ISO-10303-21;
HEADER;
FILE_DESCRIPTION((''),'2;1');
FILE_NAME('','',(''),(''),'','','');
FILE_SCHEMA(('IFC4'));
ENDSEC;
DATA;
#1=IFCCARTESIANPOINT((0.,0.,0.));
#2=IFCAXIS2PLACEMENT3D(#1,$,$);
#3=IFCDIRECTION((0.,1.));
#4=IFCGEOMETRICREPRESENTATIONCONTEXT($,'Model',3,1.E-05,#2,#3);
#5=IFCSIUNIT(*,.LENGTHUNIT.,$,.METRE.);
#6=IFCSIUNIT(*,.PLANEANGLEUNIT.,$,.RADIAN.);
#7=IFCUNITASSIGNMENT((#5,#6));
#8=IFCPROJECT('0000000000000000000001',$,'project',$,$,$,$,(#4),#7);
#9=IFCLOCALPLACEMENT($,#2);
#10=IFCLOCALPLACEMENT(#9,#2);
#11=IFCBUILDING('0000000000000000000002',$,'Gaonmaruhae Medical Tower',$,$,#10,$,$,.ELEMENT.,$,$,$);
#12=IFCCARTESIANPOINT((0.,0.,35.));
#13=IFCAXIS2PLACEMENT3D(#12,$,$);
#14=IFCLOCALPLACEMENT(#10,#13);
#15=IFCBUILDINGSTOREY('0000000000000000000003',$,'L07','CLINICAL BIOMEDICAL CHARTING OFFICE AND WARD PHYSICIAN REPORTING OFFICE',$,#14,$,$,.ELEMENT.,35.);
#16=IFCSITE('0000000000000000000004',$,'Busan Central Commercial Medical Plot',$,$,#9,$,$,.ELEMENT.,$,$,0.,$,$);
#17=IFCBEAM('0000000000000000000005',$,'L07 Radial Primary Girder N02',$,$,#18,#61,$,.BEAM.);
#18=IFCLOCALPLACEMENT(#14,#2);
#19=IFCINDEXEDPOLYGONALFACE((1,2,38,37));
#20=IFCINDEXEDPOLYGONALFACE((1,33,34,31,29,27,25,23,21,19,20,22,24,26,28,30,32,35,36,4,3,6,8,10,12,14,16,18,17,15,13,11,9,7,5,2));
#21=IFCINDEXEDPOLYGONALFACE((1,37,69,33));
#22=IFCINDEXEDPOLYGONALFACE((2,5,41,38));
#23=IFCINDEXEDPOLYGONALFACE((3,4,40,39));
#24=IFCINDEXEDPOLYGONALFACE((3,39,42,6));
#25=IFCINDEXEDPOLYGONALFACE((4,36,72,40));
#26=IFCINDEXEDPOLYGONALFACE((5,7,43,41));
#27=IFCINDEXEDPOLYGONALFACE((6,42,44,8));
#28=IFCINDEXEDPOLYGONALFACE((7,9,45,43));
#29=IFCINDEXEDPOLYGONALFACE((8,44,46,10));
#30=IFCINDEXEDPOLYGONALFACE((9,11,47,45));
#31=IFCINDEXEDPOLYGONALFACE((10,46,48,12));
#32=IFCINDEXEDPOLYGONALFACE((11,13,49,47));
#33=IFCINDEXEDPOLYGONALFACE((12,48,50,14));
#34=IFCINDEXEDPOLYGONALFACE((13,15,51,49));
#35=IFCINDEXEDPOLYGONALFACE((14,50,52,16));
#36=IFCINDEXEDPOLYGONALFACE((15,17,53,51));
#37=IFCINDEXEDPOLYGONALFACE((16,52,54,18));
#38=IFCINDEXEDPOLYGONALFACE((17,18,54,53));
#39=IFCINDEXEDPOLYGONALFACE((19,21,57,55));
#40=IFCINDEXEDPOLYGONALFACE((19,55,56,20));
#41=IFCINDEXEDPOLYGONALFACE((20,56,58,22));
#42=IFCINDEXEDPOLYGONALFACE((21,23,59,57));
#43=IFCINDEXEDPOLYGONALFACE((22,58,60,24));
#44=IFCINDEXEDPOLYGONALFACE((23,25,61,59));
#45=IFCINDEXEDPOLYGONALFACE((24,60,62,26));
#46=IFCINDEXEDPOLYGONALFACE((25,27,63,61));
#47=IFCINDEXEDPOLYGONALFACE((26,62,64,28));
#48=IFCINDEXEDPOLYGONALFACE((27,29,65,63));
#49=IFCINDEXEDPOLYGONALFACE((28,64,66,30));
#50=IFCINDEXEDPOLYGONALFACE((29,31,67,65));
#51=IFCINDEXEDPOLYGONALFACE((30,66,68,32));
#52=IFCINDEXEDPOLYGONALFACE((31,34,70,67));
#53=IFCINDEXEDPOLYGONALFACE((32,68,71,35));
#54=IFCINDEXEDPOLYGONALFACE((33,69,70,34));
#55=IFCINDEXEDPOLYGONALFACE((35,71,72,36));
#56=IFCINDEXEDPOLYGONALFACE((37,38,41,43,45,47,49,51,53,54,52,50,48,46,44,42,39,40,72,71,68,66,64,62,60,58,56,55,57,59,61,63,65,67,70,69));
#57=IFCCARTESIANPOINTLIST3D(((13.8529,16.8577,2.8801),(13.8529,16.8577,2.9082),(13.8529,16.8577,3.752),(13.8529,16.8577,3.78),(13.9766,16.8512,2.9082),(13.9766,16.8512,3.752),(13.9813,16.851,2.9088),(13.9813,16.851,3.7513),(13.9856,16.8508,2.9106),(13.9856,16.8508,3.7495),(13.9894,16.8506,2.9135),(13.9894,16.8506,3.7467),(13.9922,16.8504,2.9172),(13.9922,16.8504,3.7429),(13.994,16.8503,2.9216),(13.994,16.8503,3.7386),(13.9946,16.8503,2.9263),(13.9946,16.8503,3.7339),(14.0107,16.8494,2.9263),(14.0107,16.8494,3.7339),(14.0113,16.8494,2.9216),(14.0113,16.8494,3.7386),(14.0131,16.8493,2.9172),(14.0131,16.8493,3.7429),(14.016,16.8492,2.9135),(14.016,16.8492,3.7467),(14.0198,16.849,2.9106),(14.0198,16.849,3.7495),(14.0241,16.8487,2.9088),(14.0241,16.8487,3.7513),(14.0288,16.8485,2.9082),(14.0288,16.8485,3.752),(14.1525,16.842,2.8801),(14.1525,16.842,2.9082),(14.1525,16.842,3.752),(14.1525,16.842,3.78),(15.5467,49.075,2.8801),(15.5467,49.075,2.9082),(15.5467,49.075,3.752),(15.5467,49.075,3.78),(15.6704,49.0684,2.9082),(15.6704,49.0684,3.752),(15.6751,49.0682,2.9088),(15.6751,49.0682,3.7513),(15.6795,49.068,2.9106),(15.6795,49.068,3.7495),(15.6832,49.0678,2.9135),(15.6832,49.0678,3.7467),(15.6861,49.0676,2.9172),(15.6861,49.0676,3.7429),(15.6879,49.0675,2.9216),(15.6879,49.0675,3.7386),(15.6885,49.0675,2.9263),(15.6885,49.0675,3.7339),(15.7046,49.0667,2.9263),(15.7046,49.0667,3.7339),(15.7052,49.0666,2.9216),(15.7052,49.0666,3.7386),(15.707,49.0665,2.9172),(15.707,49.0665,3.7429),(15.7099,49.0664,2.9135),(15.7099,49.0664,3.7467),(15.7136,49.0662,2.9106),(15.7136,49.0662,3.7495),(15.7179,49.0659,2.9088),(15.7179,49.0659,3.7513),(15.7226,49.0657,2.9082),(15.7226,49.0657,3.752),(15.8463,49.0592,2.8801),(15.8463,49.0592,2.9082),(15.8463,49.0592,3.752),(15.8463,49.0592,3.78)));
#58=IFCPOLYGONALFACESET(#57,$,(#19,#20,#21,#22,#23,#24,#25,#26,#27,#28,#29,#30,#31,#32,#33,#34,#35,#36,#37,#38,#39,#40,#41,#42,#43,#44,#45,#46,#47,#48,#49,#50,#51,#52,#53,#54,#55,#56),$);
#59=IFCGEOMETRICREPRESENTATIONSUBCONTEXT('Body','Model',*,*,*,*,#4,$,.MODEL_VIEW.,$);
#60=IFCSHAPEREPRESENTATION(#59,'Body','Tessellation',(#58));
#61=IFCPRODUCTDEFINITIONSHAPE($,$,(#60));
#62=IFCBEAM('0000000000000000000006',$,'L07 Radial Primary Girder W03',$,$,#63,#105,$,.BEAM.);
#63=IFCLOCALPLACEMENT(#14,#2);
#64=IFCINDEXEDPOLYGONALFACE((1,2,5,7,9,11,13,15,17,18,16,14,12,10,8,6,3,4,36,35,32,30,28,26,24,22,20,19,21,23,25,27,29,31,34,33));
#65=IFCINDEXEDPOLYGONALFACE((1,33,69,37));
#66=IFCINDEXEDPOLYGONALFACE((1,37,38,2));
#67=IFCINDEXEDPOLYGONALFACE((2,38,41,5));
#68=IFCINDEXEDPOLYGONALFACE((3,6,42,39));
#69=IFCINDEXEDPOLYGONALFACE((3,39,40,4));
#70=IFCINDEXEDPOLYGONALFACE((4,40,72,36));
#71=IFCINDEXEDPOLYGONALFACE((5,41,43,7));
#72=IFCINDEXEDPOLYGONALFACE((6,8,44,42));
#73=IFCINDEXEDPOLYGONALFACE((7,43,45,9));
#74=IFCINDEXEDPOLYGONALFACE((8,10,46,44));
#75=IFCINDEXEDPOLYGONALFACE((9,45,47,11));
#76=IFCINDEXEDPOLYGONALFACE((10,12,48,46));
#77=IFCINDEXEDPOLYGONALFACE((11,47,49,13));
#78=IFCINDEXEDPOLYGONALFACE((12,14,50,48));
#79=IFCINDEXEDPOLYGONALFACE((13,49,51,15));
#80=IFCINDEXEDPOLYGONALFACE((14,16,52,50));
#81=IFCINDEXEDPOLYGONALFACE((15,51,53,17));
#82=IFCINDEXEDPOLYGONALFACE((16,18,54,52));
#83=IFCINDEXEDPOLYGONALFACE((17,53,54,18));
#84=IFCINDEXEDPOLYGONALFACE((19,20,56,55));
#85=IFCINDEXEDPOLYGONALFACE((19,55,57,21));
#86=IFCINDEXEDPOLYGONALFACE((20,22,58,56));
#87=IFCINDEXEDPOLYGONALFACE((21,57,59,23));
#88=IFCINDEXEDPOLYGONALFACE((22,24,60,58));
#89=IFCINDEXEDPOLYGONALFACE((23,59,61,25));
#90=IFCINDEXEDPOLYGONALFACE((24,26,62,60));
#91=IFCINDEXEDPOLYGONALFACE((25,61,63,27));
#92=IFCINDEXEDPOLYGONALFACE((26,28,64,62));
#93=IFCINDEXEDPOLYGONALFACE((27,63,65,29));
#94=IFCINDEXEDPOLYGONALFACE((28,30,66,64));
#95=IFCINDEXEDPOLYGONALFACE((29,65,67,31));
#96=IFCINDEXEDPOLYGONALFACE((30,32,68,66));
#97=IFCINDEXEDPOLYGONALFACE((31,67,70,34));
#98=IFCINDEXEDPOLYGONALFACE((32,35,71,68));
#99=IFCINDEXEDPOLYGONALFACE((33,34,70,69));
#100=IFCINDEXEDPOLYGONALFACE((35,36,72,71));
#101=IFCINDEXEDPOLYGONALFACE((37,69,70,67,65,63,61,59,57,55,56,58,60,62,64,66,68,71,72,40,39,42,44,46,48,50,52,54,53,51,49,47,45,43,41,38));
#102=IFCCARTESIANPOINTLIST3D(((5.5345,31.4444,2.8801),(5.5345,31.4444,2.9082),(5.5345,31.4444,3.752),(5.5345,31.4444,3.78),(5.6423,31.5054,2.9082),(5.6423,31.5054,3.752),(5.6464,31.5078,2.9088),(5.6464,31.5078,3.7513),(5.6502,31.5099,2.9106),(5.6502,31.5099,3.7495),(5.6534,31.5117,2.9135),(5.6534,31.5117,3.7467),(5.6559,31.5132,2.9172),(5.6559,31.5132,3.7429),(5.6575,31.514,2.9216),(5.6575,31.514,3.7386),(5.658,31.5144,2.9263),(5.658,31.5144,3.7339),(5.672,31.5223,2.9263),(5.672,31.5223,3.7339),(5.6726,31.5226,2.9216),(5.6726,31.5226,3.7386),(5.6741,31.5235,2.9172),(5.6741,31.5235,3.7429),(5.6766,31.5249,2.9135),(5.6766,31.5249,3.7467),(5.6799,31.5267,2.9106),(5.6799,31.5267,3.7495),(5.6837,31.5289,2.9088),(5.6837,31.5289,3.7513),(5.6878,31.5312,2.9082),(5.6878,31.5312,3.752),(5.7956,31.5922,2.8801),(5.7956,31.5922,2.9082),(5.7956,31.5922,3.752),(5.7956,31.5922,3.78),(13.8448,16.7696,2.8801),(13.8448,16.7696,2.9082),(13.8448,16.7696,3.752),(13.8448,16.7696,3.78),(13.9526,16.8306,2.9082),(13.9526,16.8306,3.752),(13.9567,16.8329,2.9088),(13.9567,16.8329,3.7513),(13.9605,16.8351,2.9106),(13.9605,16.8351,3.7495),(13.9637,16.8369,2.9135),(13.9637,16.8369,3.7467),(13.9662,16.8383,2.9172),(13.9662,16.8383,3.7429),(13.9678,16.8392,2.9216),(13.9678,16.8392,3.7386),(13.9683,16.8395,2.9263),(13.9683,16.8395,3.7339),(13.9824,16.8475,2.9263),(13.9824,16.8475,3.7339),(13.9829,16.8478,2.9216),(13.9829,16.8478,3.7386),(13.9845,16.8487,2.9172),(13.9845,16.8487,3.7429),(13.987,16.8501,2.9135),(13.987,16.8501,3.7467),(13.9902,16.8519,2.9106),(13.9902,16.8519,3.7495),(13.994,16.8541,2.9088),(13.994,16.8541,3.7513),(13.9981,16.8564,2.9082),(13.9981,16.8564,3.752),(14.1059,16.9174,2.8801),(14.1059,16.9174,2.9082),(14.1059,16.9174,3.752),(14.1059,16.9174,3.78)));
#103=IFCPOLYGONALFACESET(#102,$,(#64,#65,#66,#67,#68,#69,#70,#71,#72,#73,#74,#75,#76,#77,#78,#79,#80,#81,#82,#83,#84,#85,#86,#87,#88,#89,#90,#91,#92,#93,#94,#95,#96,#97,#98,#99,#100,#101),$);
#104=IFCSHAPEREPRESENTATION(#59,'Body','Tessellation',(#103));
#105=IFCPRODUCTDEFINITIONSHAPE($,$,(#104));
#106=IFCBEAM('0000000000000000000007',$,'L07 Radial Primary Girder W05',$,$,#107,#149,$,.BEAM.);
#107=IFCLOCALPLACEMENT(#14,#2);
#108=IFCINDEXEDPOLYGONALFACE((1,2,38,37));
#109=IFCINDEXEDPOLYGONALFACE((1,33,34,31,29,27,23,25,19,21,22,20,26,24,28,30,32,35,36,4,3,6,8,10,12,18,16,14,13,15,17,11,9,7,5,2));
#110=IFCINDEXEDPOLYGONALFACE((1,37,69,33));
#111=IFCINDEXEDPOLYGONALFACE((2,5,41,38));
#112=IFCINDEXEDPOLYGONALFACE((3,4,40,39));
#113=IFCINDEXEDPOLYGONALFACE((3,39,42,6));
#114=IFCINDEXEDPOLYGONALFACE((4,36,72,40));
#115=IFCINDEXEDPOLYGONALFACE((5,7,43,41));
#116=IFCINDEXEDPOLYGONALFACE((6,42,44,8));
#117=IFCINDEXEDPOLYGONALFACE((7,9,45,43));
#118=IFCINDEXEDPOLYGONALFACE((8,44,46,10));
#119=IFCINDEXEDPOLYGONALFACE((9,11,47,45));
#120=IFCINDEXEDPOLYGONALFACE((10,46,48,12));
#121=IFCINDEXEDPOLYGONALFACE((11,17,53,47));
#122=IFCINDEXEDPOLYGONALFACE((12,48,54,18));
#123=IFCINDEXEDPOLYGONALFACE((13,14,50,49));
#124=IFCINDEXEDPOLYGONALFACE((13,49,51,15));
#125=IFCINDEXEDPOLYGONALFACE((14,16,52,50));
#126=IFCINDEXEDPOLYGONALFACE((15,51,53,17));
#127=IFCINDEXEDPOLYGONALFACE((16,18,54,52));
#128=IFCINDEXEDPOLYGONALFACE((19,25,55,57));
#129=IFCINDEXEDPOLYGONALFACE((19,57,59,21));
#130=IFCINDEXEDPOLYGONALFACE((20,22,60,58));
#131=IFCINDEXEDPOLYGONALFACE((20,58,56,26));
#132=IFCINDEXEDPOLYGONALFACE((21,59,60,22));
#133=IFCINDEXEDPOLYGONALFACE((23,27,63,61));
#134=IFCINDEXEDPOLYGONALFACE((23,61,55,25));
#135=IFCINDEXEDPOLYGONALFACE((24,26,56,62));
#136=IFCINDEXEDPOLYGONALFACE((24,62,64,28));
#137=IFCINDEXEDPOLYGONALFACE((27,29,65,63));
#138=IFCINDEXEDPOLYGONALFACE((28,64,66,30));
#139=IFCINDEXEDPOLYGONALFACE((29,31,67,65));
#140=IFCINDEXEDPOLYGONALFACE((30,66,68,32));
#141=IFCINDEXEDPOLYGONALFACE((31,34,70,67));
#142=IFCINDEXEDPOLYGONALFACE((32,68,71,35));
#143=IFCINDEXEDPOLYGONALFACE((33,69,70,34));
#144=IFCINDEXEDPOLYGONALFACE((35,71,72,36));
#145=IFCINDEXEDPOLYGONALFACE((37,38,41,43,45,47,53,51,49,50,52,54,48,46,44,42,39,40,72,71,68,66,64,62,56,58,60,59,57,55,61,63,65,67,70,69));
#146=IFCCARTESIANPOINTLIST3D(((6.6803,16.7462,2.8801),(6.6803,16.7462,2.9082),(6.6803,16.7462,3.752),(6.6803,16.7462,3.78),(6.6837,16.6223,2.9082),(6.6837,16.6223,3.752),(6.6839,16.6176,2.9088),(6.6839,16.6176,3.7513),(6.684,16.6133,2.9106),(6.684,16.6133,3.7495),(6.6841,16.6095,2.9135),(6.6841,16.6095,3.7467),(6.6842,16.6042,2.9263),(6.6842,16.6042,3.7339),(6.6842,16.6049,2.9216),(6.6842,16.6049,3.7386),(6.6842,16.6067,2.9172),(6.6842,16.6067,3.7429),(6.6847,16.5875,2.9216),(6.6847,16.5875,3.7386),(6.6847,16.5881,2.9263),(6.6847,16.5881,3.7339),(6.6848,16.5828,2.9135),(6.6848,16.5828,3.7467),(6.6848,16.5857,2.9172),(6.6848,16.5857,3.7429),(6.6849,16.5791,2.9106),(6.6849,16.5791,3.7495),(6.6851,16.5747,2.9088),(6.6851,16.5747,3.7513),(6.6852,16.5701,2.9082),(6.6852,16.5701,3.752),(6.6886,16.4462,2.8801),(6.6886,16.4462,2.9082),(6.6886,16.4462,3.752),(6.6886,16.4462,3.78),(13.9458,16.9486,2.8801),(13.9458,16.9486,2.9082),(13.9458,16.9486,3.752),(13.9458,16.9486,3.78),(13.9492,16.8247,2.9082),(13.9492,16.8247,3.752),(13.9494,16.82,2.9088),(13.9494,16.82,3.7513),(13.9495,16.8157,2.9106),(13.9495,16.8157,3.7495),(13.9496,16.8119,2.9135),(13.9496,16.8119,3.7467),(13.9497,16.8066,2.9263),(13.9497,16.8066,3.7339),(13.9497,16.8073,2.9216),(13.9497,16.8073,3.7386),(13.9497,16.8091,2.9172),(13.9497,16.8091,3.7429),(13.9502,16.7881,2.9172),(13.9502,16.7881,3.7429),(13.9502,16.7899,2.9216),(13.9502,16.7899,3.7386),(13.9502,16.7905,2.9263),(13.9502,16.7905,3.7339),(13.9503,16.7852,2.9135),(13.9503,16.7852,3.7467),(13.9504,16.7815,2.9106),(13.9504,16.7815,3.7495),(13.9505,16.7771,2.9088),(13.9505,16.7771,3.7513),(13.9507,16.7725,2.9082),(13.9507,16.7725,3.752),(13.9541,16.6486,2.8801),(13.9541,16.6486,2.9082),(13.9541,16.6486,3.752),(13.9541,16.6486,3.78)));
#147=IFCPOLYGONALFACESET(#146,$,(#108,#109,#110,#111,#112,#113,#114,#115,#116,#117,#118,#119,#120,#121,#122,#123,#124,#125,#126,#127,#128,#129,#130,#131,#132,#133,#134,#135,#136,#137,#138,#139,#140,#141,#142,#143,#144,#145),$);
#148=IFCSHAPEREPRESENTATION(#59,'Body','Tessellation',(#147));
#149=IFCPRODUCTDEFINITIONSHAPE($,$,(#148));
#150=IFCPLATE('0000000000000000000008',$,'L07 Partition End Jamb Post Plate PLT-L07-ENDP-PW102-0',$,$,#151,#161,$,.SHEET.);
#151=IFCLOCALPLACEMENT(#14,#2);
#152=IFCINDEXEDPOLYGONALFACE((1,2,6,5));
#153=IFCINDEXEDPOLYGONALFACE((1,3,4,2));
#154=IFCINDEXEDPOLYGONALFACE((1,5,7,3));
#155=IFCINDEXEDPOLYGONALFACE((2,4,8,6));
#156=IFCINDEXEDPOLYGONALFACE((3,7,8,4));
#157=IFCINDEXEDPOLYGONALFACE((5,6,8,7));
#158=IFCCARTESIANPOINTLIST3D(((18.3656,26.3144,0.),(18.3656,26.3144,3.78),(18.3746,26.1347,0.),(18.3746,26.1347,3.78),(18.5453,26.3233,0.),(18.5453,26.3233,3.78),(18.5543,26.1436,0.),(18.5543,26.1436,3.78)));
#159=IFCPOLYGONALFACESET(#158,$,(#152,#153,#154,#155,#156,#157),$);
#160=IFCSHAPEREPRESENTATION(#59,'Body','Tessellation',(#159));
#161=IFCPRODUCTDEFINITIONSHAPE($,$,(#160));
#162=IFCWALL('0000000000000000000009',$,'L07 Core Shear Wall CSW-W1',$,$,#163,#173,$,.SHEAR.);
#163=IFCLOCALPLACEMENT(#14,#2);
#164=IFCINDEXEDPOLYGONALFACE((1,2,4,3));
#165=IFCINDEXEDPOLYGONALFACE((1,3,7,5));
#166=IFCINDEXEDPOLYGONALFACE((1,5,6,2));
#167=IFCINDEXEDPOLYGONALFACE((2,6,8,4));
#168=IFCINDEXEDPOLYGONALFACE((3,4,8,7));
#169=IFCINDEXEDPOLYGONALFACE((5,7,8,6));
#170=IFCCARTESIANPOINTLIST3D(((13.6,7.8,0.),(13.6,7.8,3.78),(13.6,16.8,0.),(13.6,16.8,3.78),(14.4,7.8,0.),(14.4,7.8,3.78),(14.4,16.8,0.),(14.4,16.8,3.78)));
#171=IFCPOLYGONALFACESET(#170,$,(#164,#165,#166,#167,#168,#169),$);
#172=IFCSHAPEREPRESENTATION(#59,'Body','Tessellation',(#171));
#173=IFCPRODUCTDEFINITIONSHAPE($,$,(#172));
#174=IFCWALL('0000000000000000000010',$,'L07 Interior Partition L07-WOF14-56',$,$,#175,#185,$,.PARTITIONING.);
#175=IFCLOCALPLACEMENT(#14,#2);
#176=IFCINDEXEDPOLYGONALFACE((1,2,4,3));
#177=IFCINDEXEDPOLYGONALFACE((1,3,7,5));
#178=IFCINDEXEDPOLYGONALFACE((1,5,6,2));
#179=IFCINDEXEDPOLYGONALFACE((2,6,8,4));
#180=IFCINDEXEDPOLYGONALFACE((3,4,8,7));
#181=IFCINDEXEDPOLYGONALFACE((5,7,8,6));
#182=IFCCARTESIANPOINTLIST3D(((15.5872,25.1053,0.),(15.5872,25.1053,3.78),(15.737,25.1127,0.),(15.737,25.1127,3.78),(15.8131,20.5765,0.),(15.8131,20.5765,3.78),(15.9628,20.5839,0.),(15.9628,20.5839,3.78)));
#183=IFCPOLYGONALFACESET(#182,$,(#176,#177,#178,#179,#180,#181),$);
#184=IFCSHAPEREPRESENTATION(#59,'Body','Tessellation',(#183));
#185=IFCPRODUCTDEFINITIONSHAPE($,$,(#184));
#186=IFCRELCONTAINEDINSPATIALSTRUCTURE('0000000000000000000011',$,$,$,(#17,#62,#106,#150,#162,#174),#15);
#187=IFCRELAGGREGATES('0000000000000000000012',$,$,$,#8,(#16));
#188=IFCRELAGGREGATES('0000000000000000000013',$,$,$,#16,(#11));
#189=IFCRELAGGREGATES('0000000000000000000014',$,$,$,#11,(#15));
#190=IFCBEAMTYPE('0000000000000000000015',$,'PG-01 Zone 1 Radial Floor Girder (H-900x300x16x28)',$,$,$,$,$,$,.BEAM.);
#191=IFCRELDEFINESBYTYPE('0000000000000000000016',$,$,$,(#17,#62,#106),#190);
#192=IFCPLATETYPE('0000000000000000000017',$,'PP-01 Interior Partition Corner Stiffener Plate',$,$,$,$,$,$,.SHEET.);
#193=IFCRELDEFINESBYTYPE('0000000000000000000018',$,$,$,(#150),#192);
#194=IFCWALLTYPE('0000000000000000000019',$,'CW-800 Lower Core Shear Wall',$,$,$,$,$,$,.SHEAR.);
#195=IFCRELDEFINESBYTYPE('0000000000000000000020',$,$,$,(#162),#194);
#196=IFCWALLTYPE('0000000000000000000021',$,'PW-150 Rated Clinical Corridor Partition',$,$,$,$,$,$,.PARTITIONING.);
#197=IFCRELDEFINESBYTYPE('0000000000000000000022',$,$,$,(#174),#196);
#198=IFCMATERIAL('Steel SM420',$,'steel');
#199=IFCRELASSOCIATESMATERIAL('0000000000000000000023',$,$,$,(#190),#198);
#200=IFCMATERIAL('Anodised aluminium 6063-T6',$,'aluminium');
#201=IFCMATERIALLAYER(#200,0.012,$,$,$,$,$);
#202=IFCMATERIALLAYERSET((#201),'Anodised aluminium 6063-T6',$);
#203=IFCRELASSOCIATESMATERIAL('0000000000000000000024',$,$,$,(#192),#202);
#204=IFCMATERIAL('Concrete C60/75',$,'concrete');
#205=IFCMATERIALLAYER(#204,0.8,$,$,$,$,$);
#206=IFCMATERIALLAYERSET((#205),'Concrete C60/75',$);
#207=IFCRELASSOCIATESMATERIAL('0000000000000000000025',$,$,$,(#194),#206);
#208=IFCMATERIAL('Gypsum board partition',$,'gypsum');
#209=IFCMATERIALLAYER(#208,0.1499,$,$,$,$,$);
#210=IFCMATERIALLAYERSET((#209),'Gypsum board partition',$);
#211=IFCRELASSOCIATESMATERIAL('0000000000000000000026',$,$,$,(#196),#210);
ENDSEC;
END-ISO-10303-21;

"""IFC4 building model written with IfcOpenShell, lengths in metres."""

from ifc_helpers import new_model, si_unit, direction, frame, frame_2d, origin, origin_2d, place, context, subcontext, project, spatial, rectangle, i_section, extrude, material, layer, layer_set, material_profile, profile_set, type_object, element, save


model = new_model("IFC4")

# Units and contexts
model_context = context("Model", 3, precision=1e-05, world=origin(), true_north=direction((0.0, 1.0)))
body_context = subcontext(model_context, "Body", "Model", "MODEL_VIEW")
ifc_project = project(units=[si_unit("LENGTHUNIT", "METRE"), si_unit("PLANEANGLEUNIT", "RADIAN")], contexts=[model_context])

# Site, building, storey
site_placement = place(None, origin())
site = spatial("IfcSite", under=ifc_project, at=site_placement, Name="Busan Central Commercial Medical Plot", CompositionType="ELEMENT", RefElevation=0.0)
building_placement = place(site_placement, origin())
building = spatial("IfcBuilding", under=site, at=building_placement, Name="Gaonmaruhae Medical Tower", CompositionType="ELEMENT")
storey_placement = place(building_placement, frame((0.0, 0.0, 35.0)))
storey = spatial("IfcBuildingStorey", under=building, at=storey_placement, Name="L07", Description="CLINICAL BIOMEDICAL CHARTING OFFICE AND WARD PHYSICIAN REPORTING OFFICE", CompositionType="ELEMENT", Elevation=35.0)

# Shared definitions
ifc_material_1 = material(Name="Concrete C60/75", Category="concrete")

# Beams
ifc_material_2 = material(Name="Steel SM420", Category="steel")
ifc_material_profile_1 = material_profile(ifc_material_2, i_section(OverallWidth=0.3, OverallDepth=0.8999, WebThickness=0.0161, FlangeThickness=0.0281, FilletRadius=0.0181, at=origin_2d()), Name="H-900x300x16x28")
ifc_profile_set_1 = profile_set([ifc_material_profile_1], Name="Steel SM420")
beam_type_1 = type_object("IfcBeamType", Name="PG-01 Zone 1 Radial Floor Girder (H-900x300x16x28)", PredefinedType="BEAM", material=ifc_profile_set_1)
beam_1_placement = place(storey_placement, frame((14.0027, 16.8499, 3.3301), z_axis=(0.052503, 0.998621, 0.0), x_axis=(-0.998621, 0.052503, 0.0)))
element("IfcBeam", 1, at=beam_1_placement, inside=storey, type_object=beam_type_1, Name="L07 Radial Primary Girder N02", PredefinedType="BEAM", context=body_context, shape_type="SweptSolid", body=[
    extrude(i_section(OverallWidth=0.3, OverallDepth=0.8999, WebThickness=0.0161, FlangeThickness=0.0281, FilletRadius=0.0181, at=origin_2d()), origin(), (0.0, 0.0, 1.0), 32.2617),
])
beam_2_placement = place(storey_placement, frame((13.9753, 16.8435, 3.3301), z_axis=(-0.492769, 0.87016, 0.0), x_axis=(-0.87016, -0.492769, 0.0)))
element("IfcBeam", 2, at=beam_2_placement, inside=storey, type_object=beam_type_1, Name="L07 Radial Primary Girder W03", PredefinedType="BEAM", context=body_context, shape_type="SweptSolid", body=[
    extrude(i_section(OverallWidth=0.3, OverallDepth=0.8999, WebThickness=0.0161, FlangeThickness=0.0281, FilletRadius=0.0181, at=origin_2d()), origin(), (0.0, 0.0, 1.0), 16.8645),
])
beam_3_placement = place(storey_placement, frame((13.95, 16.7986, 3.3301), z_axis=(-0.999612, -0.027846, 0.0), x_axis=(0.027846, -0.999612, 0.0)))
element("IfcBeam", 3, at=beam_3_placement, inside=storey, type_object=beam_type_1, Name="L07 Radial Primary Girder W05", PredefinedType="BEAM", context=body_context, shape_type="SweptSolid", body=[
    extrude(i_section(OverallWidth=0.3, OverallDepth=0.8999, WebThickness=0.0161, FlangeThickness=0.0281, FilletRadius=0.0181, at=origin_2d()), origin(), (0.0, 0.0, 1.0), 7.2683),
])

# Plate
ifc_material_3 = material(Name="Anodised aluminium 6063-T6", Category="aluminium")
ifc_layer_1 = layer(ifc_material_3, 0.012)
ifc_layer_set_1 = layer_set([ifc_layer_1], Name="Anodised aluminium 6063-T6")
plate_type = type_object("IfcPlateType", Name="PP-01 Interior Partition Corner Stiffener Plate", PredefinedType="SHEET", material=ifc_layer_set_1)
plate_placement = place(storey_placement, frame((18.46, 26.229, 0.0), z_axis=(0.0, 0.0, 1.0), x_axis=(-0.049739, 0.998762, 0.0)))
element("IfcPlate", 4, at=plate_placement, inside=storey, type_object=plate_type, Name="L07 Partition End Jamb Post Plate PLT-L07-ENDP-PW102-0", PredefinedType="SHEET", context=body_context, shape_type="SweptSolid", body=[
    extrude(rectangle(XDim=0.1799, YDim=0.1799, at=origin_2d()), origin(), (0.0, 0.0, 1.0), 3.78),
])

# Walls
ifc_layer_2 = layer(ifc_material_1, 0.8)
ifc_layer_set_2 = layer_set([ifc_layer_2], Name="Concrete C60/75")
wall_type_1 = type_object("IfcWallType", Name="CW-800 Lower Core Shear Wall", PredefinedType="SHEAR", material=ifc_layer_set_2)
wall_1_placement = place(storey_placement, frame((14.0, 16.8, 0.0), z_axis=(0.0, 0.0, 1.0), x_axis=(0.0, -1.0, 0.0)))
element("IfcWall", 5, at=wall_1_placement, inside=storey, type_object=wall_type_1, Name="L07 Core Shear Wall CSW-W1", PredefinedType="SHEAR", context=body_context, shape_type="SweptSolid", body=[
    extrude(rectangle(XDim=9.0, YDim=0.8, at=frame_2d((4.5, 0.0))), origin(), (0.0, 0.0, 1.0), 3.78),
])
ifc_material_4 = material(Name="Gypsum board partition", Category="gypsum")
ifc_layer_3 = layer(ifc_material_4, 0.1499)
ifc_layer_set_3 = layer_set([ifc_layer_3], Name="Gypsum board partition")
wall_type_2 = type_object("IfcWallType", Name="PW-150 Rated Clinical Corridor Partition", PredefinedType="PARTITIONING", material=ifc_layer_set_3)
wall_2_placement = place(storey_placement, frame((15.6621, 25.1089, 0.0), z_axis=(0.0, 0.0, 1.0), x_axis=(0.049803, -0.998759, 0.0)))
element("IfcWall", 6, at=wall_2_placement, inside=storey, type_object=wall_type_2, Name="L07 Interior Partition L07-WOF14-56", PredefinedType="PARTITIONING", context=body_context, shape_type="SweptSolid", body=[
    extrude(rectangle(XDim=4.5344, YDim=0.1499, at=frame_2d((2.2671, 0.0))), origin(), (0.0, 0.0, 1.0), 3.78),
])

save(model, "model.ifc")
